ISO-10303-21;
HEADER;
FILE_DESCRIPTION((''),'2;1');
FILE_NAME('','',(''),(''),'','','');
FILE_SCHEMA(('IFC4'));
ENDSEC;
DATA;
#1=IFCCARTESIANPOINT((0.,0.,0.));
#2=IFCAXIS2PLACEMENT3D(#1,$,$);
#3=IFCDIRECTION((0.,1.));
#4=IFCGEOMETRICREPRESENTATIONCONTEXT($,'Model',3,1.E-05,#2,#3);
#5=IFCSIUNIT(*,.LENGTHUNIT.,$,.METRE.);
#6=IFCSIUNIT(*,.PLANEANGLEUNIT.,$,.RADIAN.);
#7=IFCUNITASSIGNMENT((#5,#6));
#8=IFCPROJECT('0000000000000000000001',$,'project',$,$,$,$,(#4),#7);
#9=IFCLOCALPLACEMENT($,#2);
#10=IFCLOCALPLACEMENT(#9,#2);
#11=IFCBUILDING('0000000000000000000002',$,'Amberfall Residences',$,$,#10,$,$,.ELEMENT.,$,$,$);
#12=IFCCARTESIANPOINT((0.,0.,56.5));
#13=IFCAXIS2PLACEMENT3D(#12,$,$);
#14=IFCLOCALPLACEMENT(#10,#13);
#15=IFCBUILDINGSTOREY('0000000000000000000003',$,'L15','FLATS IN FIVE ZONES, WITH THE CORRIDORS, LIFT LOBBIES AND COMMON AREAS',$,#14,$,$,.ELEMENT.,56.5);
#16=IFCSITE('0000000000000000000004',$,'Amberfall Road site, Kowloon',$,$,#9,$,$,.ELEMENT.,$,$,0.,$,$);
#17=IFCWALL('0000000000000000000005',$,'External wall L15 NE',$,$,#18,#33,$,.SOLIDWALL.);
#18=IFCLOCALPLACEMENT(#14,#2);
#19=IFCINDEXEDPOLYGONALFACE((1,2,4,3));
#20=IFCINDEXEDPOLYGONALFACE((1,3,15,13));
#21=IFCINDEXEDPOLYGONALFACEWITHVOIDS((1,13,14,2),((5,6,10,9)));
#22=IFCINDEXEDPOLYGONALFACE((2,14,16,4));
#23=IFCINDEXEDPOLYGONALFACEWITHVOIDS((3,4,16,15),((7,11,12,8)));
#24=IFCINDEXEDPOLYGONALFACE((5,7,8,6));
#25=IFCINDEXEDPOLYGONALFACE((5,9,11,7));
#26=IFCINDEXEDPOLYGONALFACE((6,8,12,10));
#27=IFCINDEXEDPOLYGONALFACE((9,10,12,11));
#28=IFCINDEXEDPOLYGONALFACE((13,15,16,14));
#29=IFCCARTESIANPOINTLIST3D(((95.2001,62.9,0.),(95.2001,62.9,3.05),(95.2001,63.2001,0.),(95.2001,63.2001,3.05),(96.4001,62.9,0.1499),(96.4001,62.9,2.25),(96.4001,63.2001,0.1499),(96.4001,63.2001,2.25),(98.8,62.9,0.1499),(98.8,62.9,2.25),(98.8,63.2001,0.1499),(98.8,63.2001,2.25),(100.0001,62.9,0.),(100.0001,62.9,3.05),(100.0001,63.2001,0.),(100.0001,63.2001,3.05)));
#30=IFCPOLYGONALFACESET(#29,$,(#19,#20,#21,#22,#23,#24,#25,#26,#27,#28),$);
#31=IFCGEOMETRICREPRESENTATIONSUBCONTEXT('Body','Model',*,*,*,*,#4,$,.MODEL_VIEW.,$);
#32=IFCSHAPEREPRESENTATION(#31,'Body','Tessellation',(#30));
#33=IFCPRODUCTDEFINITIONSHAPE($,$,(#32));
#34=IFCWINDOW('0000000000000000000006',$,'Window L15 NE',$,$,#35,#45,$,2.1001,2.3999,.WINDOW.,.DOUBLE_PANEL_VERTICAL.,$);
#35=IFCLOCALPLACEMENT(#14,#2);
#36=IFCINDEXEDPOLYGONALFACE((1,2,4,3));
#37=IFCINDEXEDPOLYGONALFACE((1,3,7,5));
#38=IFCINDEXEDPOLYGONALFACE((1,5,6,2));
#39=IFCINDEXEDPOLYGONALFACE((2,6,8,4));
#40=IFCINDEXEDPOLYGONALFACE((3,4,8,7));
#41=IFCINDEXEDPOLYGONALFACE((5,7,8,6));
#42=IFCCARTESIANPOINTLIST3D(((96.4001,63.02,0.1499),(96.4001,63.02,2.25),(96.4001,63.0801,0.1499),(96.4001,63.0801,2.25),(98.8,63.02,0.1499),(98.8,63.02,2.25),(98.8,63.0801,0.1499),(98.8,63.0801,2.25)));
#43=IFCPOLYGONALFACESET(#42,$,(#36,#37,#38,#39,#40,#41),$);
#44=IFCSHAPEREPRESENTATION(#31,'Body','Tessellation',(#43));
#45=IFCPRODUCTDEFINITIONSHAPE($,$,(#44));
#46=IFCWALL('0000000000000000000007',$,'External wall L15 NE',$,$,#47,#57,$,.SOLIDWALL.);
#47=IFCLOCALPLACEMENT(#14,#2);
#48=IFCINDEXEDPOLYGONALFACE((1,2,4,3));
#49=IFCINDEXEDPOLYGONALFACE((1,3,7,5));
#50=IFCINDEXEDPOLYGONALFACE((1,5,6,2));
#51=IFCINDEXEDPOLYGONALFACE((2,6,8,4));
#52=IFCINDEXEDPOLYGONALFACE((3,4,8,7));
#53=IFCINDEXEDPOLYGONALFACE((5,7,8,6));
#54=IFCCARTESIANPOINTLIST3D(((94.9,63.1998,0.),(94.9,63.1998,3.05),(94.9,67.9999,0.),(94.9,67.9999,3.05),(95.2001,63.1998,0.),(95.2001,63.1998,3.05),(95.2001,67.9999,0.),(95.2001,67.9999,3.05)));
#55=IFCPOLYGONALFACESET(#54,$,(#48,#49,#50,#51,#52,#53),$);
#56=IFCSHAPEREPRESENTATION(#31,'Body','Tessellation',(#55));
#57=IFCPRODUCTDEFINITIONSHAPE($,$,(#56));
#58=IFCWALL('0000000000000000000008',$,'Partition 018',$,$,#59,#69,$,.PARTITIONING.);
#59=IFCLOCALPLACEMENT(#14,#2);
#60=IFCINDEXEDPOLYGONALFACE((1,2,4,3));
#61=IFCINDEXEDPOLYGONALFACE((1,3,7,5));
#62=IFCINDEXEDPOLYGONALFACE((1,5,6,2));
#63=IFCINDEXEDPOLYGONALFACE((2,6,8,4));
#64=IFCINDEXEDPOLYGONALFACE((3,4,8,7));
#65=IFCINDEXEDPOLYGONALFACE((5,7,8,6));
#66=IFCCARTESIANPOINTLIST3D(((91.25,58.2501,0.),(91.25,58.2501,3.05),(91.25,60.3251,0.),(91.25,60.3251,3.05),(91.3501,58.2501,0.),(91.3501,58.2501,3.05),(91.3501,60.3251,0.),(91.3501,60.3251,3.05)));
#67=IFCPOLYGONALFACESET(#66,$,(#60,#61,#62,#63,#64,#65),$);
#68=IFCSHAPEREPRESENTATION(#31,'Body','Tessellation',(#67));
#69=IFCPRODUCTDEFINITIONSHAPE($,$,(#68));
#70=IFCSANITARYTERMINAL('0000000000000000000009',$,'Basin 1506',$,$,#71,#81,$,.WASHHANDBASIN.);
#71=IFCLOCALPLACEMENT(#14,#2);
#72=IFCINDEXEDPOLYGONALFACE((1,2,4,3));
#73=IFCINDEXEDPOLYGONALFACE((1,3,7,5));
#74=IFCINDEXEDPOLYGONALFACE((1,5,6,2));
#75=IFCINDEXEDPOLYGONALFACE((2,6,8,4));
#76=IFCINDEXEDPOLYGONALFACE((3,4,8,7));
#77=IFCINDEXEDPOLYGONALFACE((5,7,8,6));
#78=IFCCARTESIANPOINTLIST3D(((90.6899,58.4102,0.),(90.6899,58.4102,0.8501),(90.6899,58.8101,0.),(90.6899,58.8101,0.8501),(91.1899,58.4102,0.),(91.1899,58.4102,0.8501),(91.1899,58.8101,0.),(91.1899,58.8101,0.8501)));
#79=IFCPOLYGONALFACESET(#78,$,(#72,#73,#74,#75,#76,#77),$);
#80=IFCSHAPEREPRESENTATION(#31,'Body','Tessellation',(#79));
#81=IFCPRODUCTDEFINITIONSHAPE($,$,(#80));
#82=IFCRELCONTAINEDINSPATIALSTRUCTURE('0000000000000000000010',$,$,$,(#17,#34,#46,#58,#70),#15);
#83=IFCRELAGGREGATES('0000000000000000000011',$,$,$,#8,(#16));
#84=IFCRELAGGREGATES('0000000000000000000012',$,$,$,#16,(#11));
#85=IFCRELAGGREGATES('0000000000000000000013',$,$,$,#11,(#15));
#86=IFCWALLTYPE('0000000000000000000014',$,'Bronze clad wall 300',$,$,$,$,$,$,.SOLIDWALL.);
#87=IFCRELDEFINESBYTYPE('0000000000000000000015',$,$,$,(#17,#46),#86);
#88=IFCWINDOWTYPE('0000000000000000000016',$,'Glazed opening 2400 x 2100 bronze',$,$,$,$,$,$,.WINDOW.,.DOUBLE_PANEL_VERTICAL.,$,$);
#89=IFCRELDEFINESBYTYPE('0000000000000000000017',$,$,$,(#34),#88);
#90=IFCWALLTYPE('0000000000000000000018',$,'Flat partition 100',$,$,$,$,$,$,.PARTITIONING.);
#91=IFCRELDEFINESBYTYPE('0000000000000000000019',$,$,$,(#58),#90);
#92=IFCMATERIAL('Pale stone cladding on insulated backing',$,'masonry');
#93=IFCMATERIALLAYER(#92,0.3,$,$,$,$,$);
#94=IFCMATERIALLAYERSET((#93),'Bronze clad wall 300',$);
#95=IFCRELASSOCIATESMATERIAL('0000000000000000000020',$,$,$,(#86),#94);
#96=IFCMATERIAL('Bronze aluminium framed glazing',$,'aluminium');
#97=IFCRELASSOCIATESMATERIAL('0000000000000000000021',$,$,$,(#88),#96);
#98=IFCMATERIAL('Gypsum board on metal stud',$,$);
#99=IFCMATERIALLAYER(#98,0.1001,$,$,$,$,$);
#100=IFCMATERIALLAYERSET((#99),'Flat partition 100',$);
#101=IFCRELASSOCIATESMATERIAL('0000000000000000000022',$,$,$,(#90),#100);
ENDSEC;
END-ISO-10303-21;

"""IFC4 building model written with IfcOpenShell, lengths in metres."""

from ifc_helpers import new_model, si_unit, direction, frame, frame_2d, origin, origin_2d, place, context, subcontext, project, spatial, rectangle, extrude, material, layer, layer_set, type_object, element, fill, save


model = new_model("IFC4")

# Units and contexts
model_context = context("Model", 3, precision=1e-05, world=origin(), true_north=direction((0.0, 1.0)))
body_context = subcontext(model_context, "Body", "Model", "MODEL_VIEW")
ifc_project = project(units=[si_unit("LENGTHUNIT", "METRE"), si_unit("PLANEANGLEUNIT", "RADIAN")], contexts=[model_context])

# Site, building, storey
site_placement = place(None, origin())
site = spatial("IfcSite", under=ifc_project, at=site_placement, Name="Amberfall Road site, Kowloon", CompositionType="ELEMENT", RefElevation=0.0)
building_placement = place(site_placement, origin())
building = spatial("IfcBuilding", under=site, at=building_placement, Name="Amberfall Residences", CompositionType="ELEMENT")
storey_placement = place(building_placement, frame((0.0, 0.0, 56.5)))
storey = spatial("IfcBuildingStorey", under=building, at=storey_placement, Name="L15", Description="FLATS IN FIVE ZONES, WITH THE CORRIDORS, LIFT LOBBIES AND COMMON AREAS", CompositionType="ELEMENT", Elevation=56.5)

# Shared definitions
ifc_material_1 = material(Name="Pale stone cladding on insulated backing", Category="masonry")
ifc_layer_1 = layer(ifc_material_1, 0.3)
ifc_layer_set_1 = layer_set([ifc_layer_1], Name="Bronze clad wall 300")
wall_type_1 = type_object("IfcWallType", Name="Bronze clad wall 300", PredefinedType="SOLIDWALL", material=ifc_layer_set_1)
ifc_material_2 = material(Name="Bronze aluminium framed glazing", Category="aluminium")
window_type = type_object("IfcWindowType", Name="Glazed opening 2400 x 2100 bronze", PartitioningType="DOUBLE_PANEL_VERTICAL", PredefinedType="WINDOW", material=ifc_material_2)

# Wall, opening, window
wall_1_placement = place(storey_placement, frame((100.0, 63.05, 0.0), z_axis=(0.0, 0.0, 1.0), x_axis=(-1.0, 0.0, 0.0)))
wall_1 = element("IfcWall", 1, at=wall_1_placement, inside=storey, type_object=wall_type_1, Name="External wall L15 NE", PredefinedType="SOLIDWALL", context=body_context, shape_type="SweptSolid", body=[
    extrude(rectangle(XDim=4.8, YDim=0.3, at=frame_2d((2.3999, 0.0))), origin(), (0.0, 0.0, 1.0), 3.05),
])
opening_1_placement = place(wall_1_placement, frame((1.2, 0.0, 0.1499)))
opening_1 = element("IfcOpeningElement", 2, at=opening_1_placement, cuts=wall_1, PredefinedType="OPENING", context=body_context, shape_type="SweptSolid", body=[
    extrude(rectangle(XDim=2.3999, YDim=2.1001, at=frame_2d((1.2, 1.05))), frame((0.0, 0.1599, 0.0), z_axis=(0.0, -1.0, 0.0), x_axis=(1.0, 0.0, 0.0)), (0.0, 0.0, 1.0), 0.3201),
])
window_1_placement = place(opening_1_placement, origin())
window_1 = element("IfcWindow", 3, at=window_1_placement, inside=storey, type_object=window_type, Name="Window L15 NE", OverallHeight=2.1001, OverallWidth=2.3999, PartitioningType="DOUBLE_PANEL_VERTICAL", PredefinedType="WINDOW", context=body_context, shape_type="SweptSolid", body=[
    extrude(rectangle(XDim=2.3999, YDim=2.1001, at=frame_2d((1.2, 1.05))), frame((0.0, 0.03, 0.0), z_axis=(0.0, -1.0, 0.0), x_axis=(1.0, 0.0, 0.0)), (0.0, 0.0, 1.0), 0.0601),
])
fill(opening_1, window_1)

# Walls
wall_2_placement = place(storey_placement, frame((95.05, 63.2, 0.0), z_axis=(0.0, 0.0, 1.0), x_axis=(0.0, 1.0, 0.0)))
element("IfcWall", 4, at=wall_2_placement, inside=storey, type_object=wall_type_1, Name="External wall L15 NE", PredefinedType="SOLIDWALL", context=body_context, shape_type="SweptSolid", body=[
    extrude(rectangle(XDim=4.8, YDim=0.3, at=frame_2d((2.3999, 0.0))), origin(), (0.0, 0.0, 1.0), 3.05),
])
ifc_material_3 = material(Name="Gypsum board on metal stud")
ifc_layer_2 = layer(ifc_material_3, 0.1001)
ifc_layer_set_2 = layer_set([ifc_layer_2], Name="Flat partition 100")
wall_type_2 = type_object("IfcWallType", Name="Flat partition 100", PredefinedType="PARTITIONING", material=ifc_layer_set_2)
wall_3_placement = place(storey_placement, frame((91.3, 58.25, 0.0), z_axis=(0.0, 0.0, 1.0), x_axis=(0.0, 1.0, 0.0)))
element("IfcWall", 5, at=wall_3_placement, inside=storey, type_object=wall_type_2, Name="Partition 018", PredefinedType="PARTITIONING", context=body_context, shape_type="SweptSolid", body=[
    extrude(rectangle(XDim=2.075, YDim=0.1001, at=frame_2d((1.0376, 0.0))), origin(), (0.0, 0.0, 1.0), 3.05),
])

# Sanitary terminal
sanitary_terminal_placement = place(storey_placement, frame((90.9399, 58.6101, 0.0), z_axis=(0.0, 0.0, 1.0), x_axis=(1.0, 0.0, 0.0)))
element("IfcSanitaryTerminal", 6, at=sanitary_terminal_placement, inside=storey, Name="Basin 1506", PredefinedType="WASHHANDBASIN", context=body_context, shape_type="SweptSolid", body=[
    extrude(rectangle(XDim=0.5, YDim=0.3999, at=origin_2d()), origin(), (0.0, 0.0, 1.0), 0.8501),
])

save(model, "model.ifc")
